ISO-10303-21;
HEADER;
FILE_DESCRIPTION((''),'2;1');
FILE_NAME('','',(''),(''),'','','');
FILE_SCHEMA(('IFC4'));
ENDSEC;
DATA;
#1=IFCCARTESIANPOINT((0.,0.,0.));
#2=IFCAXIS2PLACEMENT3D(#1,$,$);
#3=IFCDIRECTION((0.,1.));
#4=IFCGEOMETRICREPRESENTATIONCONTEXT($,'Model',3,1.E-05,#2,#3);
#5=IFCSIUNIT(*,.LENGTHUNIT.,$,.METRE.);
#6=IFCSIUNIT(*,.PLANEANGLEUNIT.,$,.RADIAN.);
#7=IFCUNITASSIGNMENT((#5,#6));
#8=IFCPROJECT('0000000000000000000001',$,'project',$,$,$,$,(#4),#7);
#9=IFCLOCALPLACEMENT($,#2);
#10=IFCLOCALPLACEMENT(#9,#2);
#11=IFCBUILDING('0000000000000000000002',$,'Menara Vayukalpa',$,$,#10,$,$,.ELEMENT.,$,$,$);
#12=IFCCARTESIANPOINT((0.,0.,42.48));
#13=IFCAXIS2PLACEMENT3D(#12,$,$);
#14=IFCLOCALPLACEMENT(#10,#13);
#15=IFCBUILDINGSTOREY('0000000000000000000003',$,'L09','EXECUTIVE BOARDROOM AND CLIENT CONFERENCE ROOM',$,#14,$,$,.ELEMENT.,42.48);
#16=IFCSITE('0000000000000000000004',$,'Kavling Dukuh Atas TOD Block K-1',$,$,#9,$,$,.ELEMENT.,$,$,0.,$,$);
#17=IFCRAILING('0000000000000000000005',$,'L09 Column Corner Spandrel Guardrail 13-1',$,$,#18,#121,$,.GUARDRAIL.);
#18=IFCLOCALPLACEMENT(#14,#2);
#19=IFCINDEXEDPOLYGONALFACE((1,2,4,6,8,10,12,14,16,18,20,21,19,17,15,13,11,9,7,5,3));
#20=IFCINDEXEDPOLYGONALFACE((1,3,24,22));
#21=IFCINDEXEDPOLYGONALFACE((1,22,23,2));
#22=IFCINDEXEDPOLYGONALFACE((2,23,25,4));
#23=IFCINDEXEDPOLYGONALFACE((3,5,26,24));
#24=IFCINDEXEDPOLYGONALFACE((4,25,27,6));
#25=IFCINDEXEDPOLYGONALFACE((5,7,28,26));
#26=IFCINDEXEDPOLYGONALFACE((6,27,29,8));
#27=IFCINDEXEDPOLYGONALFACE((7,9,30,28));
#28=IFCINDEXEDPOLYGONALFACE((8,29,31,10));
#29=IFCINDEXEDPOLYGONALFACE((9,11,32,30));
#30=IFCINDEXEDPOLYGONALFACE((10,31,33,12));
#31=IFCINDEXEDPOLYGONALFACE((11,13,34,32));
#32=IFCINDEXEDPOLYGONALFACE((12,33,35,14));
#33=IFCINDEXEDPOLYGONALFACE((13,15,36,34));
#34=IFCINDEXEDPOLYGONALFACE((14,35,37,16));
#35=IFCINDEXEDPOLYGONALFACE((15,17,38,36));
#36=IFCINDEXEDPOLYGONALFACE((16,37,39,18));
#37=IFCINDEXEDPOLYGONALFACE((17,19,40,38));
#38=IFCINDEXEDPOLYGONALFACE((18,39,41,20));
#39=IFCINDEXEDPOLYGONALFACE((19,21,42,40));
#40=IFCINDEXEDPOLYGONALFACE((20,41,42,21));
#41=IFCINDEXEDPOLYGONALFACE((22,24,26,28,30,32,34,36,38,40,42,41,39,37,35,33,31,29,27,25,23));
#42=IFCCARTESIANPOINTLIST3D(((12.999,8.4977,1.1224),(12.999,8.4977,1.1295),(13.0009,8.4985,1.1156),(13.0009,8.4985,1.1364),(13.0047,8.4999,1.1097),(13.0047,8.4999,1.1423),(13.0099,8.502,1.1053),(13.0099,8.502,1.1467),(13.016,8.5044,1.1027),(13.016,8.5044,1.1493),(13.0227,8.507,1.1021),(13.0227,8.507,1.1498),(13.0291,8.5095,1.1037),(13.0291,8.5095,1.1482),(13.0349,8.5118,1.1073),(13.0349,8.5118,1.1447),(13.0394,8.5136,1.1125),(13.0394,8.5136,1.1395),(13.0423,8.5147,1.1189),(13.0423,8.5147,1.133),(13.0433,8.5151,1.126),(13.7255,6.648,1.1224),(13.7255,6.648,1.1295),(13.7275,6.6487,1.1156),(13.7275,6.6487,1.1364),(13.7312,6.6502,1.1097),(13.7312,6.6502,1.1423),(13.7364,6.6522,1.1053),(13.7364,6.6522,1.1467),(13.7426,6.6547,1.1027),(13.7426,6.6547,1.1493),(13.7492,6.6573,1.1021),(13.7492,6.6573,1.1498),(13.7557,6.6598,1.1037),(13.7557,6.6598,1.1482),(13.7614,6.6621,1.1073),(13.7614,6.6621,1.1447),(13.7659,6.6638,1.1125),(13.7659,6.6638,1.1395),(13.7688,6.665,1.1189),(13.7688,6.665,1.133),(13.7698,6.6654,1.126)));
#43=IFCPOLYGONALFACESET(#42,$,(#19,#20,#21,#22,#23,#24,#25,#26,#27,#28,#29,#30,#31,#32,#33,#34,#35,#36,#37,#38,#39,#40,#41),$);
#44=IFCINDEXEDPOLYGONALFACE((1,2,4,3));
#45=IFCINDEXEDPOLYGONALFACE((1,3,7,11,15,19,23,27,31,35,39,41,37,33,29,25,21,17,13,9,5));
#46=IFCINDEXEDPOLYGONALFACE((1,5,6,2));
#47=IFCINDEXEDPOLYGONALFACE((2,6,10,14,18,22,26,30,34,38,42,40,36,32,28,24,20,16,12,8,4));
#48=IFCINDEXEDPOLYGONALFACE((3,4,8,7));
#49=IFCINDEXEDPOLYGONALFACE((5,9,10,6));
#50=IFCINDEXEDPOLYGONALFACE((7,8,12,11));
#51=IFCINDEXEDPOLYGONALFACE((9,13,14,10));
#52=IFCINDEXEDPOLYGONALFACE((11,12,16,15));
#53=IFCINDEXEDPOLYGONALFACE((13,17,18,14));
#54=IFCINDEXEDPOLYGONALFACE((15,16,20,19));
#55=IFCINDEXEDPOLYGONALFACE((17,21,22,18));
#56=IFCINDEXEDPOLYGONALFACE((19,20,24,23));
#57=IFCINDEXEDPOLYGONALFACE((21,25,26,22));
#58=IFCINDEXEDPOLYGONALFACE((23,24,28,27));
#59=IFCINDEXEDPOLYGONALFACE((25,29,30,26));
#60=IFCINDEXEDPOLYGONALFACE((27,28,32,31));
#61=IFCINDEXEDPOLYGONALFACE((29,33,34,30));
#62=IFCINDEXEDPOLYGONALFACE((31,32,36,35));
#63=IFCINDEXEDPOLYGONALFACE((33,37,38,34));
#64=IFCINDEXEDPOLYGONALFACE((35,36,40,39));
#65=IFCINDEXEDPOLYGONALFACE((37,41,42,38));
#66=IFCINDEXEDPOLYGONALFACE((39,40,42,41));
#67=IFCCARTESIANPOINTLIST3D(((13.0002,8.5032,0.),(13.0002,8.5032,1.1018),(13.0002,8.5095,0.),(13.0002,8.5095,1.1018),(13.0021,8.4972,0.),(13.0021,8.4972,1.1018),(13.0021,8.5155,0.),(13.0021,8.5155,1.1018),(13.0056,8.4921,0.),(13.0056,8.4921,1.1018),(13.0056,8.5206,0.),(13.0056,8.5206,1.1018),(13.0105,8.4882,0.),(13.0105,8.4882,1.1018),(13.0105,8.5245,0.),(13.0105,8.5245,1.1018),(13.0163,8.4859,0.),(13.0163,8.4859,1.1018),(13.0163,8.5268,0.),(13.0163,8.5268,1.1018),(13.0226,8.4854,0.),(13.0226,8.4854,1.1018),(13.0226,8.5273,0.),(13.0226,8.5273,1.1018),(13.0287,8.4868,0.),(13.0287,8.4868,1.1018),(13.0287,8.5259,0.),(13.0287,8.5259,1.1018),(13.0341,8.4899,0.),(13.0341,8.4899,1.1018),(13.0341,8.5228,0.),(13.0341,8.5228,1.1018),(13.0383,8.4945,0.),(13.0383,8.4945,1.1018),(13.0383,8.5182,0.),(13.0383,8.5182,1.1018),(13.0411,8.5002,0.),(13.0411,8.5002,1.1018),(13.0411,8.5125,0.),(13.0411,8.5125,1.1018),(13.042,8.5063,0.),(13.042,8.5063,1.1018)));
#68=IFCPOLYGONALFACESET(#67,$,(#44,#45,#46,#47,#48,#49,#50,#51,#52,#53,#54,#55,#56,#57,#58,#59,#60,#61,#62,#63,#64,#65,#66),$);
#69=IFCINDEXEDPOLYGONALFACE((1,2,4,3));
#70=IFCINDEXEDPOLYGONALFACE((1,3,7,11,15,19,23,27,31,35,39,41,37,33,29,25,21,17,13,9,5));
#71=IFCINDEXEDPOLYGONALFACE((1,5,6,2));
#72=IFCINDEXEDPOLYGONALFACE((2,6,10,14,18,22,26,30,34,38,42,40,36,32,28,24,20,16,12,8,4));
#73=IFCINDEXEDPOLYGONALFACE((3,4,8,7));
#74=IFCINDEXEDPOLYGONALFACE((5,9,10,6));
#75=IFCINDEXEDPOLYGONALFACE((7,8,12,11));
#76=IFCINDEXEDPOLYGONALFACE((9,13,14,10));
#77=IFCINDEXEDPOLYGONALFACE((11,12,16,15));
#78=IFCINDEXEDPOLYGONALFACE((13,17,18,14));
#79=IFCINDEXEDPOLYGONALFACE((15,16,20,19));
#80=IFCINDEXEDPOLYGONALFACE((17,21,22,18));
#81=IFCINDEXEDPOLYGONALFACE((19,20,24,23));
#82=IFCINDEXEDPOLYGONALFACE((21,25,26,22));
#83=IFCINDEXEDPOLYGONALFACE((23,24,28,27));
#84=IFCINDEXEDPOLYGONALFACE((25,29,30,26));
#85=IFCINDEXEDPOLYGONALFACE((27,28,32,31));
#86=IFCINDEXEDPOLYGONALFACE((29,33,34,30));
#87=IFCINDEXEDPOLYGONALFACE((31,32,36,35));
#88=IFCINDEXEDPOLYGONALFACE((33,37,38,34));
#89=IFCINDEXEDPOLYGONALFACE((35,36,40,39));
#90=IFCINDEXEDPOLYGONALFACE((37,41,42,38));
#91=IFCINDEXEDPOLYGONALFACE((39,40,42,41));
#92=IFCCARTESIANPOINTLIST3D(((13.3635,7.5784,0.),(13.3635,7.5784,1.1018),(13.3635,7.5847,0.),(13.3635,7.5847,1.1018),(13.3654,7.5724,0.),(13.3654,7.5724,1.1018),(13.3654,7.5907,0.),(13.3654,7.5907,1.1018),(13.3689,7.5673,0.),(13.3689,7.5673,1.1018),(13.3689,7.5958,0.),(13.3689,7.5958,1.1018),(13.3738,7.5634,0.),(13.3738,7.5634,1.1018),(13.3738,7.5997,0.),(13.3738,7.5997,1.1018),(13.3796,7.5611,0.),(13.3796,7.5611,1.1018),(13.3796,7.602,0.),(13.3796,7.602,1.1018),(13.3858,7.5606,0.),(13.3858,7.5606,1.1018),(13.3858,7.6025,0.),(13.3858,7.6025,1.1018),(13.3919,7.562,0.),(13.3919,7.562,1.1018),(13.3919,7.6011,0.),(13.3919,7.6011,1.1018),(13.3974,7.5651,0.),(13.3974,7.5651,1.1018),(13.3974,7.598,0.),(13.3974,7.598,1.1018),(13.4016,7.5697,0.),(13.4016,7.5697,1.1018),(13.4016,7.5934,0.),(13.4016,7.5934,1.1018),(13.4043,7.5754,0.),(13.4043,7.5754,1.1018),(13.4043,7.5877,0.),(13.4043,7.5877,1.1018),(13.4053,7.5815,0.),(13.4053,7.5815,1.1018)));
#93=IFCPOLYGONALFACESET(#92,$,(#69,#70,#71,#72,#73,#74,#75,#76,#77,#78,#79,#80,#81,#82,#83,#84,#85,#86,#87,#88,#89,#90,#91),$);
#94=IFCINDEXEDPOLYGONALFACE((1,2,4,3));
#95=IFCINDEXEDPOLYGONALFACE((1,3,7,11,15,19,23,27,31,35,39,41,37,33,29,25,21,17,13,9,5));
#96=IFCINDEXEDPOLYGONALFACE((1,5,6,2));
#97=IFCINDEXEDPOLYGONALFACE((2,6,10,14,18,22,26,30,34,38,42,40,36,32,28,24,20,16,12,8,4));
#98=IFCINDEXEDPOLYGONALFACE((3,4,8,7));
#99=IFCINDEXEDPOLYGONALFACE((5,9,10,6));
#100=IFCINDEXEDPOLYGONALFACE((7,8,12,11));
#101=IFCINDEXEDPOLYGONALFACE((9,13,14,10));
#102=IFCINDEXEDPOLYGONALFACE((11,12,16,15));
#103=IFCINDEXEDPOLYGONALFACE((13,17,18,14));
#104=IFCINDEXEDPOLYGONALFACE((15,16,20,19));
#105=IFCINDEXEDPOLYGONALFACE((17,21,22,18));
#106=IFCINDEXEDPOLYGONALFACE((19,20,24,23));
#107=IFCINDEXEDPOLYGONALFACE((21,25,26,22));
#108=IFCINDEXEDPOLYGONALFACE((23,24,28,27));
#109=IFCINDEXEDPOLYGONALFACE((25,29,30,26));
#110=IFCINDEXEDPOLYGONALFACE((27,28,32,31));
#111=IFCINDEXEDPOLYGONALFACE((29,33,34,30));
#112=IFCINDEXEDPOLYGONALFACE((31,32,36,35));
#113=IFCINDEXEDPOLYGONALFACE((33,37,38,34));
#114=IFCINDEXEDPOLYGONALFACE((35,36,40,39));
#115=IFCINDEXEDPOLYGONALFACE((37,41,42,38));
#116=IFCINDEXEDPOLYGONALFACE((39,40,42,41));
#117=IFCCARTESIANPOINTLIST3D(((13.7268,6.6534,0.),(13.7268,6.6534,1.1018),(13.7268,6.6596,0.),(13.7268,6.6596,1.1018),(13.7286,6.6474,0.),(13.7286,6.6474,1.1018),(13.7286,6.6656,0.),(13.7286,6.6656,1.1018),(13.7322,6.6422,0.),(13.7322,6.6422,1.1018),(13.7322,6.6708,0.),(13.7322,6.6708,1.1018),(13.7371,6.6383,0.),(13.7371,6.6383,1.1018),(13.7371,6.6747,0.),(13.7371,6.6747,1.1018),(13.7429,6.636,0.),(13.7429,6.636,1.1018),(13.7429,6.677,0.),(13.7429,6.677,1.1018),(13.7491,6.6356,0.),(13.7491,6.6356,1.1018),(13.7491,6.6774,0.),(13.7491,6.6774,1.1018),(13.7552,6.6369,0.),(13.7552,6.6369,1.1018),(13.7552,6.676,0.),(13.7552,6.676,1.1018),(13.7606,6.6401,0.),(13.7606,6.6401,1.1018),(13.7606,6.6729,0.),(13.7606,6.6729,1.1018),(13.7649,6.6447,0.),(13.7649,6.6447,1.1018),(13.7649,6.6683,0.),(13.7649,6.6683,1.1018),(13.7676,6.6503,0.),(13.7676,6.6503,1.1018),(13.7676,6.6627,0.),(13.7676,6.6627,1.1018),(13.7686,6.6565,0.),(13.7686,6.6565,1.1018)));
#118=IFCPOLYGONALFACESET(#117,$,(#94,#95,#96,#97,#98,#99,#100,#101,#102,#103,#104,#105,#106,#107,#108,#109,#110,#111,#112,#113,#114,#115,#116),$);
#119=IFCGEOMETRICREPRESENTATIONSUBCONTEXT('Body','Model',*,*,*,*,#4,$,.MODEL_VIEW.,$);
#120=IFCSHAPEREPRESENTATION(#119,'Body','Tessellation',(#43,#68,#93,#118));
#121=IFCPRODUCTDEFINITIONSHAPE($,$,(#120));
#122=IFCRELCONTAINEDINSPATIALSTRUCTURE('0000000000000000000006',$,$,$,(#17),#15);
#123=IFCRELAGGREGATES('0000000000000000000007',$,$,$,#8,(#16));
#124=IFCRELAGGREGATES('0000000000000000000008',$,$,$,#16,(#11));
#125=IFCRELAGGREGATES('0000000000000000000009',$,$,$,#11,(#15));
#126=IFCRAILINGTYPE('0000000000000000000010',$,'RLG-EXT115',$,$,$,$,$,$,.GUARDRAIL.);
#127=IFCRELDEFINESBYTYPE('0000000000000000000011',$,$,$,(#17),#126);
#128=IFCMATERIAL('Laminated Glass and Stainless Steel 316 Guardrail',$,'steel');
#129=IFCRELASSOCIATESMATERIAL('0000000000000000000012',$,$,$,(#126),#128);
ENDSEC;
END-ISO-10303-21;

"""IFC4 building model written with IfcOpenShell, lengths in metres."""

from ifc_helpers import new_model, si_unit, direction, frame, origin, origin_2d, place, context, subcontext, project, spatial, circle, extrude, material, type_object, element, save


model = new_model("IFC4")

# Units and contexts
model_context = context("Model", 3, precision=1e-05, world=origin(), true_north=direction((0.0, 1.0)))
body_context = subcontext(model_context, "Body", "Model", "MODEL_VIEW")
ifc_project = project(units=[si_unit("LENGTHUNIT", "METRE"), si_unit("PLANEANGLEUNIT", "RADIAN")], contexts=[model_context])

# Site, building, storey
site_placement = place(None, origin())
site = spatial("IfcSite", under=ifc_project, at=site_placement, Name="Kavling Dukuh Atas TOD Block K-1", CompositionType="ELEMENT", RefElevation=0.0)
building_placement = place(site_placement, origin())
building = spatial("IfcBuilding", under=site, at=building_placement, Name="Menara Vayukalpa", CompositionType="ELEMENT")
storey_placement = place(building_placement, frame((0.0, 0.0, 42.48)))
storey = spatial("IfcBuildingStorey", under=building, at=storey_placement, Name="L09", Description="EXECUTIVE BOARDROOM AND CLIENT CONFERENCE ROOM", CompositionType="ELEMENT", Elevation=42.48)

# Railing
ifc_material_1 = material(Name="Laminated Glass and Stainless Steel 316 Guardrail", Category="steel")
railing_type = type_object("IfcRailingType", Name="RLG-EXT115", PredefinedType="GUARDRAIL", material=ifc_material_1)
railing_1_placement = place(storey_placement, frame((13.021, 8.5063, 0.0)))
element("IfcRailing", 1, at=railing_1_placement, inside=storey, type_object=railing_type, Name="L09 Column Corner Spandrel Guardrail 13-1", PredefinedType="GUARDRAIL", context=body_context, shape_type="SweptSolid", body=[
    extrude(circle(Radius=0.0239, at=origin_2d()), frame((0.0, 0.0, 1.126), z_axis=(0.36558, -0.93078, 0.0), x_axis=(0.93078, 0.36558, 0.0)), (0.0, 0.0, 1.0), 1.9873),
    extrude(circle(Radius=0.021, at=origin_2d()), origin(), (0.0, 0.0, 1.0), 1.1018),
    extrude(circle(Radius=0.021, at=origin_2d()), frame((0.3633, -0.9248, 0.0)), (0.0, 0.0, 1.0), 1.1018),
    extrude(circle(Radius=0.021, at=origin_2d()), frame((0.7266, -1.8499, 0.0)), (0.0, 0.0, 1.0), 1.1018),
])

save(model, "model.ifc")
